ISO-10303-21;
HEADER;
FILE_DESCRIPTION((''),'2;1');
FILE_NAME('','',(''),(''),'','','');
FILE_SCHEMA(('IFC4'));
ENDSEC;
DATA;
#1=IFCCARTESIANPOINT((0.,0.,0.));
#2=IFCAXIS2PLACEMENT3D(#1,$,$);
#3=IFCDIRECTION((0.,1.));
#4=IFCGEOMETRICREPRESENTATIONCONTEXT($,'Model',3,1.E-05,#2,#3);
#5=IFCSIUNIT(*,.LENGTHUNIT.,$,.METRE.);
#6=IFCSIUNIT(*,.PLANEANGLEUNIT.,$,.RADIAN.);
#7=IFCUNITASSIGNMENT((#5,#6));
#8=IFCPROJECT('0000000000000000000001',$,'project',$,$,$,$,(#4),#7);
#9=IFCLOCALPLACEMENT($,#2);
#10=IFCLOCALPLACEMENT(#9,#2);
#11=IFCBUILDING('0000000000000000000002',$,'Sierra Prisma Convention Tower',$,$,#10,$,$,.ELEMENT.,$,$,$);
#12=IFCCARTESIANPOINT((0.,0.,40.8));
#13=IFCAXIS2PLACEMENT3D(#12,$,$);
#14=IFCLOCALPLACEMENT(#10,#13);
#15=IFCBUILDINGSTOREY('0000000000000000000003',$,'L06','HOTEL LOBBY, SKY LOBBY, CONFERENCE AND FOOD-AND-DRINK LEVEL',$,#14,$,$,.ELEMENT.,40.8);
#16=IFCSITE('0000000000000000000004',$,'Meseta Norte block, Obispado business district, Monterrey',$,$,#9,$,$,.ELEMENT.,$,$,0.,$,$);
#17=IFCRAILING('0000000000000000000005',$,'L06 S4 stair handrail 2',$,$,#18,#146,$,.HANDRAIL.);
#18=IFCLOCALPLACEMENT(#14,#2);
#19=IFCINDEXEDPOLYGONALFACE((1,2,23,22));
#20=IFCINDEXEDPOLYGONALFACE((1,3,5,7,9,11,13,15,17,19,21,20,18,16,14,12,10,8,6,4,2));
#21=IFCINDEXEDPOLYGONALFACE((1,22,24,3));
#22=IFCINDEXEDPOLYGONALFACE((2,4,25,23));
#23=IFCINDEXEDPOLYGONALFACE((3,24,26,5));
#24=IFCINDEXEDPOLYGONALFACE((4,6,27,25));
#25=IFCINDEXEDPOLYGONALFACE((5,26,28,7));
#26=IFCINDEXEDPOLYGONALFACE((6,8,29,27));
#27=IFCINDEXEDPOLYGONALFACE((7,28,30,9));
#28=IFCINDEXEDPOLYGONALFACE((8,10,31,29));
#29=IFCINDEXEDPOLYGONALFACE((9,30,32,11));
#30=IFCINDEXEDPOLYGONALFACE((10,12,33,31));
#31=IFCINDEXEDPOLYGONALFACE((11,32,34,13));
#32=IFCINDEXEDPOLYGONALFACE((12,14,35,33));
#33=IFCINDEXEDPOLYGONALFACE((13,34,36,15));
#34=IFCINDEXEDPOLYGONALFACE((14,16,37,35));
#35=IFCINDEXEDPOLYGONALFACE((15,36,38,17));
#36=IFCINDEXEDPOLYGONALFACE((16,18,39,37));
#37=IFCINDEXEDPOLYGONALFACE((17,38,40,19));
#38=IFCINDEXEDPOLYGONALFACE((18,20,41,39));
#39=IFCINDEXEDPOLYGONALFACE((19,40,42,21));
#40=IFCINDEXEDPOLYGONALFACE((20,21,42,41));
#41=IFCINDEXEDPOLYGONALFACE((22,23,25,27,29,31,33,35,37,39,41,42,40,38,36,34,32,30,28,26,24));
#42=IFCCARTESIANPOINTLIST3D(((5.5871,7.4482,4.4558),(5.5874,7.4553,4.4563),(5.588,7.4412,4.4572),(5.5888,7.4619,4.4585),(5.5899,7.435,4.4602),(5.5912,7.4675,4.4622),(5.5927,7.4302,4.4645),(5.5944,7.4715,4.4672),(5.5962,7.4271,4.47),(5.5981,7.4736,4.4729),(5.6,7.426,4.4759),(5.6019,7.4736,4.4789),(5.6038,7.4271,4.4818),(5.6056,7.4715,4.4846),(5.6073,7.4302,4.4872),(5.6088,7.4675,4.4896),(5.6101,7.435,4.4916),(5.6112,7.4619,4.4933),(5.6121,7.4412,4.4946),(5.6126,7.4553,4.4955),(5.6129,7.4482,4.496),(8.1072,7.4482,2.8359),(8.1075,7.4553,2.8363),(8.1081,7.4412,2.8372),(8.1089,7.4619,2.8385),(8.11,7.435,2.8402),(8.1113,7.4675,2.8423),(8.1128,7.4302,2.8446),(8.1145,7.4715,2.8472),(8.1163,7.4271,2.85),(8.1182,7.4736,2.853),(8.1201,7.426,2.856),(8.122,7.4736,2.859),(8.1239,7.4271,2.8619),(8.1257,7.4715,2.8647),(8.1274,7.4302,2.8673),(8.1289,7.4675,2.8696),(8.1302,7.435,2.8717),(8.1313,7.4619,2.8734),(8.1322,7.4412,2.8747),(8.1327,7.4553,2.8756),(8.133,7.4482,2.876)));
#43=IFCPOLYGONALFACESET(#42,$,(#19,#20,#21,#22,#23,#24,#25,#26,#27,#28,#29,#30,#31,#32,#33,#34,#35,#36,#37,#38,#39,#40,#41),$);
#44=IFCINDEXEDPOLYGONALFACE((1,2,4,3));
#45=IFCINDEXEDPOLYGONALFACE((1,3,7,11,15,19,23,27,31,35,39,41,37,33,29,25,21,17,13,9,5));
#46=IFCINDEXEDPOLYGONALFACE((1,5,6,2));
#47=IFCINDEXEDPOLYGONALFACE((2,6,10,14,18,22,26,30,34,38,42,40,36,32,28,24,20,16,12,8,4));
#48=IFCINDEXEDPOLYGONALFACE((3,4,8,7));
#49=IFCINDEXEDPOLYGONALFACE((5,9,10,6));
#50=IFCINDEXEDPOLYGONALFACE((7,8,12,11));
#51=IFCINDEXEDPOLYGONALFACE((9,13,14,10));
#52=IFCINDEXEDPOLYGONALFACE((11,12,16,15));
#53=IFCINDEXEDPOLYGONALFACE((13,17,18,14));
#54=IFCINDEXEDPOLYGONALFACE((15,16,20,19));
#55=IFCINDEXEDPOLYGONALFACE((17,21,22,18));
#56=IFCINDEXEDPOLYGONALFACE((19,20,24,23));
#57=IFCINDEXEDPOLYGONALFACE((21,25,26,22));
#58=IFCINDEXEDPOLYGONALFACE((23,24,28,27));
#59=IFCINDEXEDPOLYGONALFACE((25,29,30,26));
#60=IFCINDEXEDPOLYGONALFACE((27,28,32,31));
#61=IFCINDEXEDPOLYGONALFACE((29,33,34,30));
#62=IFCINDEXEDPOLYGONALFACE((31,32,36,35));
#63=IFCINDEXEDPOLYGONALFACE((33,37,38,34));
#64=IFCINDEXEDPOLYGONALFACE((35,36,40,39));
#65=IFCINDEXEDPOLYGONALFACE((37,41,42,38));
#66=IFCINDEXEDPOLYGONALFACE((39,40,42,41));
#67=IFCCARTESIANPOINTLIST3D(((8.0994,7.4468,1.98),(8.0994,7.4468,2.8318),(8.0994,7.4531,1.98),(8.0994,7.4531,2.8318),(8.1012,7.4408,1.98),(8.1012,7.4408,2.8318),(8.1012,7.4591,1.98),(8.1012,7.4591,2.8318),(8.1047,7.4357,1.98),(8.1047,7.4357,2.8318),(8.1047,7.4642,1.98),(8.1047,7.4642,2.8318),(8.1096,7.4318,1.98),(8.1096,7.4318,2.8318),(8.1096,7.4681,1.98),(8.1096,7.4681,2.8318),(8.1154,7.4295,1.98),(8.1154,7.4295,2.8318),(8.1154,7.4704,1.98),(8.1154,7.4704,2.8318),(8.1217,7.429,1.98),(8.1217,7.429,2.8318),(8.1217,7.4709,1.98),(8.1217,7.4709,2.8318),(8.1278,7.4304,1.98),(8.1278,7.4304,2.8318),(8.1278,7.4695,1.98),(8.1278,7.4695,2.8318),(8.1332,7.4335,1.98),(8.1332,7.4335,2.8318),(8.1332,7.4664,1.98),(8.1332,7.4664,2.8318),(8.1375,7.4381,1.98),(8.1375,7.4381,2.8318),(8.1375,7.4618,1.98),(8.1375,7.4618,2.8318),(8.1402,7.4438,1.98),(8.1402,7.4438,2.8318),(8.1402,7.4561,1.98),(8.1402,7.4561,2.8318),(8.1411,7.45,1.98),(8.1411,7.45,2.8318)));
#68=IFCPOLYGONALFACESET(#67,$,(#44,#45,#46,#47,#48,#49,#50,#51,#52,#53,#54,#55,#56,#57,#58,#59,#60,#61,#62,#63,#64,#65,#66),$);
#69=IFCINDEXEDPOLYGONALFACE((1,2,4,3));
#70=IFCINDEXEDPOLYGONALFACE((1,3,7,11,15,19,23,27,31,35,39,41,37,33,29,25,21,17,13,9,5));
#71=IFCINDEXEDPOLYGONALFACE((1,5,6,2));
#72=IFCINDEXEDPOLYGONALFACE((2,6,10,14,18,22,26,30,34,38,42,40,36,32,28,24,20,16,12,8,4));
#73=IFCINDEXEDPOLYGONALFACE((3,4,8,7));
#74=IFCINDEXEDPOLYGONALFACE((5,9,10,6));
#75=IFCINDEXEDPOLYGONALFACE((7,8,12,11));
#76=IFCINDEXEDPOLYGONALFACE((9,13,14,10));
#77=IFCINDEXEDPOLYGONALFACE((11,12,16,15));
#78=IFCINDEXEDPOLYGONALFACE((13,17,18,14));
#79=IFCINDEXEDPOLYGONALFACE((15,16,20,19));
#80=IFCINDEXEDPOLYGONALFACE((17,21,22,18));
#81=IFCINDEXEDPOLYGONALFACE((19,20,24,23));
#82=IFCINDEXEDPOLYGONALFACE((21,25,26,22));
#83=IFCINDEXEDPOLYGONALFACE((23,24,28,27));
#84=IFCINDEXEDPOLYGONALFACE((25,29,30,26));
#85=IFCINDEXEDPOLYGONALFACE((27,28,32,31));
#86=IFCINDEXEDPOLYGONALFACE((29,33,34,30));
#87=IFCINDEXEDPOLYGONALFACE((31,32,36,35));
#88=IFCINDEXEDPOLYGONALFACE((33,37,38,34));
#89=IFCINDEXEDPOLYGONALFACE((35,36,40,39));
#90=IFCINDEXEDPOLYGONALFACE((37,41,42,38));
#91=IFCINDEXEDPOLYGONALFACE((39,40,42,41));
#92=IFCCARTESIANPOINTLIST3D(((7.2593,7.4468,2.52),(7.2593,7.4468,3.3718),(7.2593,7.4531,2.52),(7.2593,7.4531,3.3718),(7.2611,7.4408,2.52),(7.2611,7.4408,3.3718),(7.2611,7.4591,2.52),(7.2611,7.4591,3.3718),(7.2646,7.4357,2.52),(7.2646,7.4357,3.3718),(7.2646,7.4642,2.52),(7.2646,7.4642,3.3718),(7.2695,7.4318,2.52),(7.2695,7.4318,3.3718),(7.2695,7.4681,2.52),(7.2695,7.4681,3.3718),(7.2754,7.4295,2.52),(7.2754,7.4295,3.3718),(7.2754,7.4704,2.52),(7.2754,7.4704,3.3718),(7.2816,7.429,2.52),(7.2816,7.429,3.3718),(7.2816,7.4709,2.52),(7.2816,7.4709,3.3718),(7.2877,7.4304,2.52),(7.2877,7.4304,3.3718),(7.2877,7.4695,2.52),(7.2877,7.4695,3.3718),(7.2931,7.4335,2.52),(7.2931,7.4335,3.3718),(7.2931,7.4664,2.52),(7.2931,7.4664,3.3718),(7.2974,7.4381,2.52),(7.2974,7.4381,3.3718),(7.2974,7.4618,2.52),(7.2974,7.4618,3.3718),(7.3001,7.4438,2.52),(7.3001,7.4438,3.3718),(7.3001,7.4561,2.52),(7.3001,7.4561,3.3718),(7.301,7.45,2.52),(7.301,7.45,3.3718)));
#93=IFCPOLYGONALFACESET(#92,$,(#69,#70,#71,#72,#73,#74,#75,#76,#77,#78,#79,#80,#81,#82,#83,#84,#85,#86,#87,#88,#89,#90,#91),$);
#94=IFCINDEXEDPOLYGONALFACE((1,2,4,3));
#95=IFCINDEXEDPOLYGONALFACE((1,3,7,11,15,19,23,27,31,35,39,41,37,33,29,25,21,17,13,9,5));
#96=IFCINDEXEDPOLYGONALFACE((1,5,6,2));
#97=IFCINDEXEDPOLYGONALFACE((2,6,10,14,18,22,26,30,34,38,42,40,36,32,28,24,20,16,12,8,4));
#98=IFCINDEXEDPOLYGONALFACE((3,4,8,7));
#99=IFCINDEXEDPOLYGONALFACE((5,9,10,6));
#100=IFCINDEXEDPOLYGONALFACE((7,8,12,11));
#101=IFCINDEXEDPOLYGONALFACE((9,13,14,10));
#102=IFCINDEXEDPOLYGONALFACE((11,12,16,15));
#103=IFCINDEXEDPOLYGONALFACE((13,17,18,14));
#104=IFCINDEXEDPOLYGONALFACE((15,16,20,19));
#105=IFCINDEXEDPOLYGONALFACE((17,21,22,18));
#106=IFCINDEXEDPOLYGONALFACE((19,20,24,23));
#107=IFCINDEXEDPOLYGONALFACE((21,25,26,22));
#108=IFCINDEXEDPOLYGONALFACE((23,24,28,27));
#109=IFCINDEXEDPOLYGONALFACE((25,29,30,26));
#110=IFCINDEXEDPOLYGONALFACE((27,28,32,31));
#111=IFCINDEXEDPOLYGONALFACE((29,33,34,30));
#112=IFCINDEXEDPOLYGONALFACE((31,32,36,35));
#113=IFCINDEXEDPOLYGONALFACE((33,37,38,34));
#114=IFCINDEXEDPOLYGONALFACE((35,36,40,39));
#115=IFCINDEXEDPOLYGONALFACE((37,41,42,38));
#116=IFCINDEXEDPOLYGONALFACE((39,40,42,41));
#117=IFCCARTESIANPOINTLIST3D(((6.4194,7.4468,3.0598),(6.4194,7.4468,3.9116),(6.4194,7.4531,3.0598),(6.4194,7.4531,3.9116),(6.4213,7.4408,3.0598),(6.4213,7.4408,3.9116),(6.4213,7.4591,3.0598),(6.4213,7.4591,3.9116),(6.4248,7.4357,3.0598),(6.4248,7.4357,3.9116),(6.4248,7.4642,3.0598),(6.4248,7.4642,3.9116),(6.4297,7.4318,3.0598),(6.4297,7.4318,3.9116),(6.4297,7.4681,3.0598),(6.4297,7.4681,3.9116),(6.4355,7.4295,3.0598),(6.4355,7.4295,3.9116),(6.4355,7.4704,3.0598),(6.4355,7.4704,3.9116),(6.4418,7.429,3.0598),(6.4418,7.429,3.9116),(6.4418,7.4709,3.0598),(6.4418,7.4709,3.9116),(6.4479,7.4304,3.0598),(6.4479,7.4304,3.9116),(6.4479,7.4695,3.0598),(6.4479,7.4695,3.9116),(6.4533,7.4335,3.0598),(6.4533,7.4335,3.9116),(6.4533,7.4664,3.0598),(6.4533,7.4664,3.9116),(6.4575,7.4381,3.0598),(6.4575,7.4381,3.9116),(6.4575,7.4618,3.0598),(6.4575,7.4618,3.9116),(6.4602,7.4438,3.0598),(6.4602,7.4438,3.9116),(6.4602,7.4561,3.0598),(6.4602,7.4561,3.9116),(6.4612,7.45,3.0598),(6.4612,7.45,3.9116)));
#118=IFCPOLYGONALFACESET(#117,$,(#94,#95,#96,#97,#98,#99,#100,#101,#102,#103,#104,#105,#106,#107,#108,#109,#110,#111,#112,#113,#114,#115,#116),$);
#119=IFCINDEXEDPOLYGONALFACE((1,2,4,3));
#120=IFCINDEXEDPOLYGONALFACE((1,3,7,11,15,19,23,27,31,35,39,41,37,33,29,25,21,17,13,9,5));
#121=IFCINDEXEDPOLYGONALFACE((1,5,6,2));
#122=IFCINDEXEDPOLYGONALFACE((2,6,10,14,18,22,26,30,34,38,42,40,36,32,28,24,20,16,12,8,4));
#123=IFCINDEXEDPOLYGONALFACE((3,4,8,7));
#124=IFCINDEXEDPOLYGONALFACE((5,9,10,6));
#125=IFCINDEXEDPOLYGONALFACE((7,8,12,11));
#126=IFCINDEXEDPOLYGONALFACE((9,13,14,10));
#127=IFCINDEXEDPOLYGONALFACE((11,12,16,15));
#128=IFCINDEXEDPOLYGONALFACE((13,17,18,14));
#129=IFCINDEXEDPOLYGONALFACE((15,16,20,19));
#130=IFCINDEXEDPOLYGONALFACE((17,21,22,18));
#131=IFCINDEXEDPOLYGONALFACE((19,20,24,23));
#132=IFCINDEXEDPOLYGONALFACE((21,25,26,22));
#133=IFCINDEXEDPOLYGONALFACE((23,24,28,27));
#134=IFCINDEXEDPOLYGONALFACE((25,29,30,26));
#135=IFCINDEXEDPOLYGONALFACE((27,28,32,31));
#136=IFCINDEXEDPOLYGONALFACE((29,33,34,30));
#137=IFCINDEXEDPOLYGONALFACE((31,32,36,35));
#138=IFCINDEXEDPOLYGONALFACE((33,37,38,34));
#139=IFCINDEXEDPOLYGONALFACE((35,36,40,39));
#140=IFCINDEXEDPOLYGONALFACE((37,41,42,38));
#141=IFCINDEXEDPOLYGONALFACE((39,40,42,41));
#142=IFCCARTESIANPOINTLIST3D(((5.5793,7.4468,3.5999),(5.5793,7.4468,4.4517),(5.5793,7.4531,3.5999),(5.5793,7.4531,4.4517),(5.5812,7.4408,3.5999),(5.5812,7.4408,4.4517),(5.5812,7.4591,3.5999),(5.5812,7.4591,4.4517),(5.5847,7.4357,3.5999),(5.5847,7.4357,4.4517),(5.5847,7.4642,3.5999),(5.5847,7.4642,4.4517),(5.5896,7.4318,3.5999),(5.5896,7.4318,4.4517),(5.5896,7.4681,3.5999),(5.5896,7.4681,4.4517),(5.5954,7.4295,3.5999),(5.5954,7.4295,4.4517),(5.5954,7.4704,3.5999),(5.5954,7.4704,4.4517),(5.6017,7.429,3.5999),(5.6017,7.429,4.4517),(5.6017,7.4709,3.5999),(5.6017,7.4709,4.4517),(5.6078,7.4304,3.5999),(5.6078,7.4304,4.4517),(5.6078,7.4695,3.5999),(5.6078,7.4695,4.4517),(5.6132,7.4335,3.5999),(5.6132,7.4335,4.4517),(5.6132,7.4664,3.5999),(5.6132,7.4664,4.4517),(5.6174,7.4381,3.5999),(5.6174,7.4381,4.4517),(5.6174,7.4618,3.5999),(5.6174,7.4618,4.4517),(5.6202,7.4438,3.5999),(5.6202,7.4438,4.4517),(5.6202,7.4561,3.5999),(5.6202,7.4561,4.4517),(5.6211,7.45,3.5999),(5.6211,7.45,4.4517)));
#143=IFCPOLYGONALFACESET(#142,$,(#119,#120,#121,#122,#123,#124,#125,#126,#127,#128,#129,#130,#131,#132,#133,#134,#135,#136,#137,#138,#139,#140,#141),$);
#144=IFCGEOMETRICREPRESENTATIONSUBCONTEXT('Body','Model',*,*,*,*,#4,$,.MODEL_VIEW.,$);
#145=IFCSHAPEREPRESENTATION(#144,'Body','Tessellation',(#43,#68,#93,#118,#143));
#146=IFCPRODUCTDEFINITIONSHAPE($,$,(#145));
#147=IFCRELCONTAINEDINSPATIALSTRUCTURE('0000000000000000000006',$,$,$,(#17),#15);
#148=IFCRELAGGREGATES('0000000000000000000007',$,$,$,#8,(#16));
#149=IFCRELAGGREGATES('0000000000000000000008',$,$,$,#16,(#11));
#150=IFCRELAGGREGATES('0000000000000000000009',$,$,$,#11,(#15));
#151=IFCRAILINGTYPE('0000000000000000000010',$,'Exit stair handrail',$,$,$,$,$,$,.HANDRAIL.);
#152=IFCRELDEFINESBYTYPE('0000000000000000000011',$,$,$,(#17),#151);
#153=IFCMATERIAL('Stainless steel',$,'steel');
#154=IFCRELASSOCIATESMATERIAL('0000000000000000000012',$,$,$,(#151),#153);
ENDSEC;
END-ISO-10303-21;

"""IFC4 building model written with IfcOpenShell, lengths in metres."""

from ifc_helpers import new_model, si_unit, direction, frame, origin, origin_2d, place, context, subcontext, project, spatial, circle, extrude, material, type_object, element, save


model = new_model("IFC4")

# Units and contexts
model_context = context("Model", 3, precision=1e-05, world=origin(), true_north=direction((0.0, 1.0)))
body_context = subcontext(model_context, "Body", "Model", "MODEL_VIEW")
ifc_project = project(units=[si_unit("LENGTHUNIT", "METRE"), si_unit("PLANEANGLEUNIT", "RADIAN")], contexts=[model_context])

# Site, building, storey
site_placement = place(None, origin())
site = spatial("IfcSite", under=ifc_project, at=site_placement, Name="Meseta Norte block, Obispado business district, Monterrey", CompositionType="ELEMENT", RefElevation=0.0)
building_placement = place(site_placement, origin())
building = spatial("IfcBuilding", under=site, at=building_placement, Name="Sierra Prisma Convention Tower", CompositionType="ELEMENT")
storey_placement = place(building_placement, frame((0.0, 0.0, 40.8)))
storey = spatial("IfcBuildingStorey", under=building, at=storey_placement, Name="L06", Description="HOTEL LOBBY, SKY LOBBY, CONFERENCE AND FOOD-AND-DRINK LEVEL", CompositionType="ELEMENT", Elevation=40.8)

# Railing
ifc_material_1 = material(Name="Stainless steel", Category="steel")
railing_type_1 = type_object("IfcRailingType", Name="Exit stair handrail", PredefinedType="HANDRAIL", material=ifc_material_1)
railing_1_placement = place(storey_placement, frame((8.1201, 7.45, 1.98)))
element("IfcRailing", 1, at=railing_1_placement, inside=storey, type_object=railing_type_1, Name="L06 S4 stair handrail 2", PredefinedType="HANDRAIL", context=body_context, shape_type="SweptSolid", body=[
    extrude(circle(Radius=0.0239, at=origin_2d()), frame((0.0, 0.0, 0.876), z_axis=(-0.8412, 0.0, 0.540725), x_axis=(0.0, -1.0, 0.0)), (0.0, 0.0, 1.0), 2.9958),
    extrude(circle(Radius=0.021, at=origin_2d()), origin(), (0.0, 0.0, 1.0), 0.8518),
    extrude(circle(Radius=0.021, at=origin_2d()), frame((-0.8401, 0.0, 0.54)), (0.0, 0.0, 1.0), 0.8518),
    extrude(circle(Radius=0.021, at=origin_2d()), frame((-1.6799, 0.0, 1.0798)), (0.0, 0.0, 1.0), 0.8518),
    extrude(circle(Radius=0.021, at=origin_2d()), frame((-2.52, 0.0, 1.6199)), (0.0, 0.0, 1.0), 0.8518),
])

save(model, "model.ifc")
